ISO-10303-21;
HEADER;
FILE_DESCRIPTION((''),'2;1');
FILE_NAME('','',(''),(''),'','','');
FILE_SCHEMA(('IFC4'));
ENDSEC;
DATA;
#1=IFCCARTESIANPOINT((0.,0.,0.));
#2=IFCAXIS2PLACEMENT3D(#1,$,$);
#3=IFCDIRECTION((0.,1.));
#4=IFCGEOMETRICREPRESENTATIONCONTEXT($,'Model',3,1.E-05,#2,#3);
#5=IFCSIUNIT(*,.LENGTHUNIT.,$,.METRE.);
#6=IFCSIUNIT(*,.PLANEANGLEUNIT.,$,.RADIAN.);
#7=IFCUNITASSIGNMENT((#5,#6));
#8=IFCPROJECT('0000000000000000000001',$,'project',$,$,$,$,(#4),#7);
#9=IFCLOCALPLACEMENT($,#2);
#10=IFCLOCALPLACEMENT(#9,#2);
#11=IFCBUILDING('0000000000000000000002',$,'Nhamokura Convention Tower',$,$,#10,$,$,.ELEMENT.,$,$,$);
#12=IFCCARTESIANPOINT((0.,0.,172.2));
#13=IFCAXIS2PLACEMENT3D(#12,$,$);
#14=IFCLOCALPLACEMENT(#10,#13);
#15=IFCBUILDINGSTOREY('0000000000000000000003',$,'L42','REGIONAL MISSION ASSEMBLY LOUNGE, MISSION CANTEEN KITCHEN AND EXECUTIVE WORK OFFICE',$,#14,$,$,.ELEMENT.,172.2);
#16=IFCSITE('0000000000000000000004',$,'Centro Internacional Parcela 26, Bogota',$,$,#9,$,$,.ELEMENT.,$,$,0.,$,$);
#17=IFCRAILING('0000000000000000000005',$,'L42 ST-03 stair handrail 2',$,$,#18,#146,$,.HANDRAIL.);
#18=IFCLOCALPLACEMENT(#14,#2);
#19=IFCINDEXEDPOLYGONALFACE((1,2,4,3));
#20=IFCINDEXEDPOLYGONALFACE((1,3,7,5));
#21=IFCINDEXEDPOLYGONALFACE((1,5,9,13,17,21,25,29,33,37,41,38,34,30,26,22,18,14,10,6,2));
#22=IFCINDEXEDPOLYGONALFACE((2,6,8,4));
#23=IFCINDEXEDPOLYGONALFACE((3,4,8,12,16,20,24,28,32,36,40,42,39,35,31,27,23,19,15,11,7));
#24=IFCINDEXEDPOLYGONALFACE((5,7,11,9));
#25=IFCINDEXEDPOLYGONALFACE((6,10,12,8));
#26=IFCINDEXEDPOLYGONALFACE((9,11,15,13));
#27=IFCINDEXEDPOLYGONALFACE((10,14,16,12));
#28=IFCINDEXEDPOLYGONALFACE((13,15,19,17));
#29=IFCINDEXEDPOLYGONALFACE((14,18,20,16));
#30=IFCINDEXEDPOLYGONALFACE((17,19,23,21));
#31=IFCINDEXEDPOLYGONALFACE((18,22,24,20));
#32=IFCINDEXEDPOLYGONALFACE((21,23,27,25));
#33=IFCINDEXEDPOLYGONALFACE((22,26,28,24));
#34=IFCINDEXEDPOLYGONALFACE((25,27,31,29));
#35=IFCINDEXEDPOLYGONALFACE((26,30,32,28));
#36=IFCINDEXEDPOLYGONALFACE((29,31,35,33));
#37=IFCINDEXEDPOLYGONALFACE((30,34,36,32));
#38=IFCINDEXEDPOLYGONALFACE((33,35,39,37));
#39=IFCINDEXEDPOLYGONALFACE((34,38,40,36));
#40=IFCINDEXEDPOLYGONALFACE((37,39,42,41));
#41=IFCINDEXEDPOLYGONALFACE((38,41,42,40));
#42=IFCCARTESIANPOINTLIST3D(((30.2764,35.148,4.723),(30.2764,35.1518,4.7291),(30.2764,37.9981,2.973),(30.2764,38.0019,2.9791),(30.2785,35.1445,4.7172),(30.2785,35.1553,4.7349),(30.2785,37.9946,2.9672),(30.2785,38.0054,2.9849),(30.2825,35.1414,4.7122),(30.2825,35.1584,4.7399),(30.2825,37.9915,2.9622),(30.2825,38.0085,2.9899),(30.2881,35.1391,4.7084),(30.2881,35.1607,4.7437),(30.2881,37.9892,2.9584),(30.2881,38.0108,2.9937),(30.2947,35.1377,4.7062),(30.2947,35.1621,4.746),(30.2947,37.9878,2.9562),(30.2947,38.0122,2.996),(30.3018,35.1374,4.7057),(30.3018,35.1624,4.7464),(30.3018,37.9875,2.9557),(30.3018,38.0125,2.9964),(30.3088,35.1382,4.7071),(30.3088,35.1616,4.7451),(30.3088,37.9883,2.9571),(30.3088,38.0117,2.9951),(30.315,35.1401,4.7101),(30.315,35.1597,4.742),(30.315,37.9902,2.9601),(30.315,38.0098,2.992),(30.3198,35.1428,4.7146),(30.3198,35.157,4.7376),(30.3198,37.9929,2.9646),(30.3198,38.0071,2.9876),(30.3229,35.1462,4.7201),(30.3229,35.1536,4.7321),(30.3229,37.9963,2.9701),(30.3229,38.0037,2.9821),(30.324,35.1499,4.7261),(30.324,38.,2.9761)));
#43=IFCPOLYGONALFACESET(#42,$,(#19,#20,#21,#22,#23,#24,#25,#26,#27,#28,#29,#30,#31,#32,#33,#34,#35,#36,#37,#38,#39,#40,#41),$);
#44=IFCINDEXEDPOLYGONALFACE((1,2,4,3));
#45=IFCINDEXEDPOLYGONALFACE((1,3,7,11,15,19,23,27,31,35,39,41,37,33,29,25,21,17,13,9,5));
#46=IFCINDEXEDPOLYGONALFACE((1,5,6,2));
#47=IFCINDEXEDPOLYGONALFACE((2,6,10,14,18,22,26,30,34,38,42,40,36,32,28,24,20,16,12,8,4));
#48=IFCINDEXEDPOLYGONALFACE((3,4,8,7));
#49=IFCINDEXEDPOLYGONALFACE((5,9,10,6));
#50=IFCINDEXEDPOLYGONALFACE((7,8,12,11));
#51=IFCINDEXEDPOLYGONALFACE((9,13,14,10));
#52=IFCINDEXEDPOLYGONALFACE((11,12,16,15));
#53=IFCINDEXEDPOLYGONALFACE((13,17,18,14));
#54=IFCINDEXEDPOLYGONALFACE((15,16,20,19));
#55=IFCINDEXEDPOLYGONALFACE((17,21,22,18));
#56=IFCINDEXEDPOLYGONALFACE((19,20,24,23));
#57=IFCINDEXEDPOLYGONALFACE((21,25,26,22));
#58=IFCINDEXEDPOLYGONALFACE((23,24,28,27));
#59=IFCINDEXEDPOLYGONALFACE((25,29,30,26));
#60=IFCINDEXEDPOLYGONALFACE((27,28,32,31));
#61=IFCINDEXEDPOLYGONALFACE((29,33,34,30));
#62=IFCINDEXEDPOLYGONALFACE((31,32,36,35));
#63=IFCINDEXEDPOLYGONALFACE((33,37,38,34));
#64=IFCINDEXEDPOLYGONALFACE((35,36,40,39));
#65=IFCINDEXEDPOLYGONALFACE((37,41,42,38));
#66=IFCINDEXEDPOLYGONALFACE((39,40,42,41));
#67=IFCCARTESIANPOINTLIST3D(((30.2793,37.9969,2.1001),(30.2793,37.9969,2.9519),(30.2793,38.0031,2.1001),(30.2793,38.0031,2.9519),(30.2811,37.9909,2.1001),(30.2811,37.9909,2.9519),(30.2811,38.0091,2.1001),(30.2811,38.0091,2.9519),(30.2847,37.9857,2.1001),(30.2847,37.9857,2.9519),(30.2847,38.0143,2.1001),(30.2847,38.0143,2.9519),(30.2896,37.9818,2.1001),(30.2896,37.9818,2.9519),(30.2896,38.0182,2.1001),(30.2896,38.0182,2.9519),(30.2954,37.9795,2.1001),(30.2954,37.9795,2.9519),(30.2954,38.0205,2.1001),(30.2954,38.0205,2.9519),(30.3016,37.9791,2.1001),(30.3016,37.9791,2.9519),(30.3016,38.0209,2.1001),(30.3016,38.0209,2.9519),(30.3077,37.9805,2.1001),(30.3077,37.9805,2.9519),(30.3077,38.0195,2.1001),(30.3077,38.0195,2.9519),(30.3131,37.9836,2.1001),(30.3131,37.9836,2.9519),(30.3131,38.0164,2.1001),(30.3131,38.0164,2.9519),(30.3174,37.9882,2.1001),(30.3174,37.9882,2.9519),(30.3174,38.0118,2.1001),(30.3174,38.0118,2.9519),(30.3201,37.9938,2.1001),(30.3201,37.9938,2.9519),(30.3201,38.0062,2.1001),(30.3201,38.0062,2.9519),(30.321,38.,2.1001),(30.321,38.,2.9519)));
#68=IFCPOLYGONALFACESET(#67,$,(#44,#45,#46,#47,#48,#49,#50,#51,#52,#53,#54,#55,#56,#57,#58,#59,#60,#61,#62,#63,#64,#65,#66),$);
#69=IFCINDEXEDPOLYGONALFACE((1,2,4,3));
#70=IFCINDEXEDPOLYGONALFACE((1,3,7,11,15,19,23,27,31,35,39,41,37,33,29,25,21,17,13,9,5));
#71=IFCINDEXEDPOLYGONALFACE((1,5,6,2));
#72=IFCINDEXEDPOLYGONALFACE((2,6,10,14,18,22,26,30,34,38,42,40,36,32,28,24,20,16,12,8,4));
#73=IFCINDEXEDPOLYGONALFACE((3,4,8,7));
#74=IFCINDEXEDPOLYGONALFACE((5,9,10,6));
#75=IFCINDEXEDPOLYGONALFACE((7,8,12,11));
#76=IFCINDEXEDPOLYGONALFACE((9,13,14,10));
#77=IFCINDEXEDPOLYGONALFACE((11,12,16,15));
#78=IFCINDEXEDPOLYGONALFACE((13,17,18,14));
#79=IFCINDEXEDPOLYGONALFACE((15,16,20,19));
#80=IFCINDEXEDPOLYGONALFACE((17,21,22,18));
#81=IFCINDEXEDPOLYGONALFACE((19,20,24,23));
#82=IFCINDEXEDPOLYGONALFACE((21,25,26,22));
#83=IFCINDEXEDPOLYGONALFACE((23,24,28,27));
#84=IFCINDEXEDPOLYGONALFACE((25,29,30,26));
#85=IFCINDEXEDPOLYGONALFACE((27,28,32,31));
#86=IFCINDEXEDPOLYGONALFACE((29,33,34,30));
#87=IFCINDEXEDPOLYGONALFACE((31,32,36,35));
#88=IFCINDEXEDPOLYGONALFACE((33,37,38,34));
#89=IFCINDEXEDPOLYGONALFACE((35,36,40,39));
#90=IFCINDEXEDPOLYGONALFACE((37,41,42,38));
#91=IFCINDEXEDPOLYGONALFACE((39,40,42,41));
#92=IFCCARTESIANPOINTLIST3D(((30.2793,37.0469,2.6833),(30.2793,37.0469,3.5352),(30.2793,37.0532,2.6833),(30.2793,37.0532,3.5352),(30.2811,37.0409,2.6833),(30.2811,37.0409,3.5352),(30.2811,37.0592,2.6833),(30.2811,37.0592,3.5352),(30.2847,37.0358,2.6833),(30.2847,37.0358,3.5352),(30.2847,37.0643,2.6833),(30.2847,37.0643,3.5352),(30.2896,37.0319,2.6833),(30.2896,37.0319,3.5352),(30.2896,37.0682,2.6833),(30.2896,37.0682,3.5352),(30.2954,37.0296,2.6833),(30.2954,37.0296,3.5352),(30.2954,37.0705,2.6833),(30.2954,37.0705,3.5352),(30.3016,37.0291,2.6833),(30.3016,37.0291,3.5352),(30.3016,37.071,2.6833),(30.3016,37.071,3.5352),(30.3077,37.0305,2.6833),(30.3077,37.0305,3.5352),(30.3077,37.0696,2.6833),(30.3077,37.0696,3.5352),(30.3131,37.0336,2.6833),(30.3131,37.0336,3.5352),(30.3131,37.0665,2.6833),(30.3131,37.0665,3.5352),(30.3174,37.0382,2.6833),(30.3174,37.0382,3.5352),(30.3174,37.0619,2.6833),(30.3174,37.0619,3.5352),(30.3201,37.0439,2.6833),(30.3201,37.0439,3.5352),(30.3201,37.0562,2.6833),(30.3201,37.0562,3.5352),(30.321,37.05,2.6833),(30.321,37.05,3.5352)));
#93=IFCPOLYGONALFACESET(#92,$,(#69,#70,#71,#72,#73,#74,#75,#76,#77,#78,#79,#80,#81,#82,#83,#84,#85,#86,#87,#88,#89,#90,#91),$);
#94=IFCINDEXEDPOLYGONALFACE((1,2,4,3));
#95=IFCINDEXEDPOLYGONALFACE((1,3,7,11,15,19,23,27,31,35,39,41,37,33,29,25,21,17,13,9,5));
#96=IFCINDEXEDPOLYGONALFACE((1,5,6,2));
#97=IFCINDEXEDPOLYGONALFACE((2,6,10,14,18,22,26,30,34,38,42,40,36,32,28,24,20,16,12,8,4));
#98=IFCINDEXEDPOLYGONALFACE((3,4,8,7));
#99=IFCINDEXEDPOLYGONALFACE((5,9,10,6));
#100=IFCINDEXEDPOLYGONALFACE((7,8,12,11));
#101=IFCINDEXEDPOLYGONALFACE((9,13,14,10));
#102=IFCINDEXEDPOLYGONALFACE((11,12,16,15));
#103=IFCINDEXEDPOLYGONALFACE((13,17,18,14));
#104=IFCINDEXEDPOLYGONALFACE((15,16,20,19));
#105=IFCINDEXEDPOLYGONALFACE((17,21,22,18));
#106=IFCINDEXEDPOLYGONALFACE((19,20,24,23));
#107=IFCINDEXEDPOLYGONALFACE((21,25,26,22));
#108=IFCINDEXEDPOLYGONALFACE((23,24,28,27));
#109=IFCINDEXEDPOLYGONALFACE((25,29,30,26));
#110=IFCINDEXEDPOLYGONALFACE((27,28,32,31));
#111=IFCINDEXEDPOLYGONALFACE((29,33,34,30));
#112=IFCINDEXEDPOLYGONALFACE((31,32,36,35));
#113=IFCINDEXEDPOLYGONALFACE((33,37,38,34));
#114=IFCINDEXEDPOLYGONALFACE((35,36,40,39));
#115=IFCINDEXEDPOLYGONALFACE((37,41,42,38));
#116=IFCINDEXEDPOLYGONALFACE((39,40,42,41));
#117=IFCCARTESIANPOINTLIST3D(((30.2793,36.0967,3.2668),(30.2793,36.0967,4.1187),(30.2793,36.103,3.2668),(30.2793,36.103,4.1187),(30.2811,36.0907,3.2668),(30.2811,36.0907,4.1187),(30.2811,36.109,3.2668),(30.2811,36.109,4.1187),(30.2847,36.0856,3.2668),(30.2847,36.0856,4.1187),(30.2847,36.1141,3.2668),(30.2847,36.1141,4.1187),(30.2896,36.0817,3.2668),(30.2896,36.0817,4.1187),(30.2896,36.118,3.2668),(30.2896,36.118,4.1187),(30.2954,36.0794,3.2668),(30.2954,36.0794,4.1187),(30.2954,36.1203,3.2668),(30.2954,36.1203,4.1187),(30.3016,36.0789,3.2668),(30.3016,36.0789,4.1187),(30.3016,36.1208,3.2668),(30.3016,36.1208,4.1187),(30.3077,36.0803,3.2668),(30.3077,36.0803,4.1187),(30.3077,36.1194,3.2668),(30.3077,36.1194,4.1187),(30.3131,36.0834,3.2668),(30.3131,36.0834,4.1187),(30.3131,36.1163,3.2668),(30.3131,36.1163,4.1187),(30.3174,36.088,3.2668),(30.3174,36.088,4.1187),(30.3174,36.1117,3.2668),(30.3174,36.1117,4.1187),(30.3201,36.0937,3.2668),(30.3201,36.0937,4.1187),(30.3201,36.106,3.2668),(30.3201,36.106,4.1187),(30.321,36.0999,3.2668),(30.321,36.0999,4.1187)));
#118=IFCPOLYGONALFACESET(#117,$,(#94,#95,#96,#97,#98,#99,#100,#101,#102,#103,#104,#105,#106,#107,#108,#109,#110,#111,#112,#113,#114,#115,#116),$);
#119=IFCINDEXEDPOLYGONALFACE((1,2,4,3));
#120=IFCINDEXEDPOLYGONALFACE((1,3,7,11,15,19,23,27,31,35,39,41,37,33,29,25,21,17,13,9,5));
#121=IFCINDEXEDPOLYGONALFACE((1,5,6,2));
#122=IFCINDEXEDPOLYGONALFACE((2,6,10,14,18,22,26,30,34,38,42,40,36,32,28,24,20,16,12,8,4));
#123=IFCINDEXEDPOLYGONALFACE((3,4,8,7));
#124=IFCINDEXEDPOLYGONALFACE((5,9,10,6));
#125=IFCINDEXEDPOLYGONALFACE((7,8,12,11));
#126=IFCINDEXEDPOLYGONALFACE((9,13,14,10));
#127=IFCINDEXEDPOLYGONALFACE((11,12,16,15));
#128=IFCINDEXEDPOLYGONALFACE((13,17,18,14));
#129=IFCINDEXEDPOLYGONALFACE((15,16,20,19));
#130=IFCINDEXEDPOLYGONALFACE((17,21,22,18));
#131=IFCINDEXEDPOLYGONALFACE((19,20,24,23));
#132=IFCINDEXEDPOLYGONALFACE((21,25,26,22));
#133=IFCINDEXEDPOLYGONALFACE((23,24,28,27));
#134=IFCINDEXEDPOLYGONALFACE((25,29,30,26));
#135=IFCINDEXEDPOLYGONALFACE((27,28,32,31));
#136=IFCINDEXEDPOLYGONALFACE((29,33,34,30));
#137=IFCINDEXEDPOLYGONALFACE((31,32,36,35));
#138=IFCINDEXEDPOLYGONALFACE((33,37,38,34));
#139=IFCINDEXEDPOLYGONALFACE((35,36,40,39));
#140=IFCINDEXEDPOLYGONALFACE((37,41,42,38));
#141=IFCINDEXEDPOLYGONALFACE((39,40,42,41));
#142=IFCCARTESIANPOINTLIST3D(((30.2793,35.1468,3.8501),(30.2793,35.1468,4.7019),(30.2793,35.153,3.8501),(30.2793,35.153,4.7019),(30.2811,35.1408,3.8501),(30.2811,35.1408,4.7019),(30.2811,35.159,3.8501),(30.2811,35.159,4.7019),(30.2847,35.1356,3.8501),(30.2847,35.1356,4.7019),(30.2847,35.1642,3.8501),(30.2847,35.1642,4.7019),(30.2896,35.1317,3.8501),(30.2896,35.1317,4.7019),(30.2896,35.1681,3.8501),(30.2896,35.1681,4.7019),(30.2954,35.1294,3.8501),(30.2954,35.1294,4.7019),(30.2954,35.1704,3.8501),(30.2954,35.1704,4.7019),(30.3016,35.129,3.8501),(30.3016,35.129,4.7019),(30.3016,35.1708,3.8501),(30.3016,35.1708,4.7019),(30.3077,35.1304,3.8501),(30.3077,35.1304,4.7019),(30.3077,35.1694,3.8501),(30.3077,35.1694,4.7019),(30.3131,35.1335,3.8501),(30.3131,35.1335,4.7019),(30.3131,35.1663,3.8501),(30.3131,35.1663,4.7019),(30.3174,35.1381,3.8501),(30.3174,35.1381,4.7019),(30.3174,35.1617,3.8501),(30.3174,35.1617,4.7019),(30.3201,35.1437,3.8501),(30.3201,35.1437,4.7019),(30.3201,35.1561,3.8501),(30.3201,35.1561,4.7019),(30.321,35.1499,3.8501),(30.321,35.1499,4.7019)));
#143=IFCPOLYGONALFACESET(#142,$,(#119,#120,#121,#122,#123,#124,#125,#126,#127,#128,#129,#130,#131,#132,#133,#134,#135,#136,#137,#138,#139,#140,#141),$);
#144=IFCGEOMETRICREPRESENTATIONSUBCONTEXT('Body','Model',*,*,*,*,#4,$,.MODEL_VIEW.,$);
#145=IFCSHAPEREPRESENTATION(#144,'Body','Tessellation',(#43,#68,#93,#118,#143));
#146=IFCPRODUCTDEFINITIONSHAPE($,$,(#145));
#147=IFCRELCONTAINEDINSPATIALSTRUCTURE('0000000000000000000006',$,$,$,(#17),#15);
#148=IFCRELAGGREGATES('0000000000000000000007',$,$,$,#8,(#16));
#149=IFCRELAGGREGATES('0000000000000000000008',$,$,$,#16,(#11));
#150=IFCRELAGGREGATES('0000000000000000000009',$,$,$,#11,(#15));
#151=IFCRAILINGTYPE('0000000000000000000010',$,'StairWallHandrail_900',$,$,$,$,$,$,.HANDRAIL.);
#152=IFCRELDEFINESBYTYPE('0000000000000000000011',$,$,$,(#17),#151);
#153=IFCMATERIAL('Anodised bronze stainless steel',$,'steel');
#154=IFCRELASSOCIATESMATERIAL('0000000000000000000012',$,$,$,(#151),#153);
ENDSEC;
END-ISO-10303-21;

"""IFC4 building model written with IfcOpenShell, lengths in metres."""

from ifc_helpers import new_model, si_unit, direction, frame, origin, origin_2d, place, context, subcontext, project, spatial, circle, extrude, material, type_object, element, save


model = new_model("IFC4")

# Units and contexts
model_context = context("Model", 3, precision=1e-05, world=origin(), true_north=direction((0.0, 1.0)))
body_context = subcontext(model_context, "Body", "Model", "MODEL_VIEW")
ifc_project = project(units=[si_unit("LENGTHUNIT", "METRE"), si_unit("PLANEANGLEUNIT", "RADIAN")], contexts=[model_context])

# Site, building, storey
site_placement = place(None, origin())
site = spatial("IfcSite", under=ifc_project, at=site_placement, Name="Centro Internacional Parcela 26, Bogota", CompositionType="ELEMENT", RefElevation=0.0)
building_placement = place(site_placement, origin())
building = spatial("IfcBuilding", under=site, at=building_placement, Name="Nhamokura Convention Tower", CompositionType="ELEMENT")
storey_placement = place(building_placement, frame((0.0, 0.0, 172.2)))
storey = spatial("IfcBuildingStorey", under=building, at=storey_placement, Name="L42", Description="REGIONAL MISSION ASSEMBLY LOUNGE, MISSION CANTEEN KITCHEN AND EXECUTIVE WORK OFFICE", CompositionType="ELEMENT", Elevation=172.2)

# Railing
ifc_material_1 = material(Name="Anodised bronze stainless steel", Category="steel")
railing_type_1 = type_object("IfcRailingType", Name="StairWallHandrail_900", PredefinedType="HANDRAIL", material=ifc_material_1)
railing_1_placement = place(storey_placement, frame((30.3, 38.0, 2.1001)))
element("IfcRailing", 1, at=railing_1_placement, inside=storey, type_object=railing_type_1, Name="L42 ST-03 stair handrail 2", PredefinedType="HANDRAIL", context=body_context, shape_type="SweptSolid", body=[
    extrude(circle(Radius=0.0239, at=origin_2d()), frame((0.0, 0.0, 0.876), z_axis=(0.0, -0.852179, 0.52325), x_axis=(1.0, 0.0, 0.0)), (0.0, 0.0, 1.0), 3.3445),
    extrude(circle(Radius=0.021, at=origin_2d()), origin(), (0.0, 0.0, 1.0), 0.8518),
    extrude(circle(Radius=0.021, at=origin_2d()), frame((0.0, -0.95, 0.5833)), (0.0, 0.0, 1.0), 0.8518),
    extrude(circle(Radius=0.021, at=origin_2d()), frame((0.0, -1.9001, 1.1667)), (0.0, 0.0, 1.0), 0.8518),
    extrude(circle(Radius=0.021, at=origin_2d()), frame((0.0, -2.8501, 1.75)), (0.0, 0.0, 1.0), 0.8518),
])

save(model, "model.ifc")
